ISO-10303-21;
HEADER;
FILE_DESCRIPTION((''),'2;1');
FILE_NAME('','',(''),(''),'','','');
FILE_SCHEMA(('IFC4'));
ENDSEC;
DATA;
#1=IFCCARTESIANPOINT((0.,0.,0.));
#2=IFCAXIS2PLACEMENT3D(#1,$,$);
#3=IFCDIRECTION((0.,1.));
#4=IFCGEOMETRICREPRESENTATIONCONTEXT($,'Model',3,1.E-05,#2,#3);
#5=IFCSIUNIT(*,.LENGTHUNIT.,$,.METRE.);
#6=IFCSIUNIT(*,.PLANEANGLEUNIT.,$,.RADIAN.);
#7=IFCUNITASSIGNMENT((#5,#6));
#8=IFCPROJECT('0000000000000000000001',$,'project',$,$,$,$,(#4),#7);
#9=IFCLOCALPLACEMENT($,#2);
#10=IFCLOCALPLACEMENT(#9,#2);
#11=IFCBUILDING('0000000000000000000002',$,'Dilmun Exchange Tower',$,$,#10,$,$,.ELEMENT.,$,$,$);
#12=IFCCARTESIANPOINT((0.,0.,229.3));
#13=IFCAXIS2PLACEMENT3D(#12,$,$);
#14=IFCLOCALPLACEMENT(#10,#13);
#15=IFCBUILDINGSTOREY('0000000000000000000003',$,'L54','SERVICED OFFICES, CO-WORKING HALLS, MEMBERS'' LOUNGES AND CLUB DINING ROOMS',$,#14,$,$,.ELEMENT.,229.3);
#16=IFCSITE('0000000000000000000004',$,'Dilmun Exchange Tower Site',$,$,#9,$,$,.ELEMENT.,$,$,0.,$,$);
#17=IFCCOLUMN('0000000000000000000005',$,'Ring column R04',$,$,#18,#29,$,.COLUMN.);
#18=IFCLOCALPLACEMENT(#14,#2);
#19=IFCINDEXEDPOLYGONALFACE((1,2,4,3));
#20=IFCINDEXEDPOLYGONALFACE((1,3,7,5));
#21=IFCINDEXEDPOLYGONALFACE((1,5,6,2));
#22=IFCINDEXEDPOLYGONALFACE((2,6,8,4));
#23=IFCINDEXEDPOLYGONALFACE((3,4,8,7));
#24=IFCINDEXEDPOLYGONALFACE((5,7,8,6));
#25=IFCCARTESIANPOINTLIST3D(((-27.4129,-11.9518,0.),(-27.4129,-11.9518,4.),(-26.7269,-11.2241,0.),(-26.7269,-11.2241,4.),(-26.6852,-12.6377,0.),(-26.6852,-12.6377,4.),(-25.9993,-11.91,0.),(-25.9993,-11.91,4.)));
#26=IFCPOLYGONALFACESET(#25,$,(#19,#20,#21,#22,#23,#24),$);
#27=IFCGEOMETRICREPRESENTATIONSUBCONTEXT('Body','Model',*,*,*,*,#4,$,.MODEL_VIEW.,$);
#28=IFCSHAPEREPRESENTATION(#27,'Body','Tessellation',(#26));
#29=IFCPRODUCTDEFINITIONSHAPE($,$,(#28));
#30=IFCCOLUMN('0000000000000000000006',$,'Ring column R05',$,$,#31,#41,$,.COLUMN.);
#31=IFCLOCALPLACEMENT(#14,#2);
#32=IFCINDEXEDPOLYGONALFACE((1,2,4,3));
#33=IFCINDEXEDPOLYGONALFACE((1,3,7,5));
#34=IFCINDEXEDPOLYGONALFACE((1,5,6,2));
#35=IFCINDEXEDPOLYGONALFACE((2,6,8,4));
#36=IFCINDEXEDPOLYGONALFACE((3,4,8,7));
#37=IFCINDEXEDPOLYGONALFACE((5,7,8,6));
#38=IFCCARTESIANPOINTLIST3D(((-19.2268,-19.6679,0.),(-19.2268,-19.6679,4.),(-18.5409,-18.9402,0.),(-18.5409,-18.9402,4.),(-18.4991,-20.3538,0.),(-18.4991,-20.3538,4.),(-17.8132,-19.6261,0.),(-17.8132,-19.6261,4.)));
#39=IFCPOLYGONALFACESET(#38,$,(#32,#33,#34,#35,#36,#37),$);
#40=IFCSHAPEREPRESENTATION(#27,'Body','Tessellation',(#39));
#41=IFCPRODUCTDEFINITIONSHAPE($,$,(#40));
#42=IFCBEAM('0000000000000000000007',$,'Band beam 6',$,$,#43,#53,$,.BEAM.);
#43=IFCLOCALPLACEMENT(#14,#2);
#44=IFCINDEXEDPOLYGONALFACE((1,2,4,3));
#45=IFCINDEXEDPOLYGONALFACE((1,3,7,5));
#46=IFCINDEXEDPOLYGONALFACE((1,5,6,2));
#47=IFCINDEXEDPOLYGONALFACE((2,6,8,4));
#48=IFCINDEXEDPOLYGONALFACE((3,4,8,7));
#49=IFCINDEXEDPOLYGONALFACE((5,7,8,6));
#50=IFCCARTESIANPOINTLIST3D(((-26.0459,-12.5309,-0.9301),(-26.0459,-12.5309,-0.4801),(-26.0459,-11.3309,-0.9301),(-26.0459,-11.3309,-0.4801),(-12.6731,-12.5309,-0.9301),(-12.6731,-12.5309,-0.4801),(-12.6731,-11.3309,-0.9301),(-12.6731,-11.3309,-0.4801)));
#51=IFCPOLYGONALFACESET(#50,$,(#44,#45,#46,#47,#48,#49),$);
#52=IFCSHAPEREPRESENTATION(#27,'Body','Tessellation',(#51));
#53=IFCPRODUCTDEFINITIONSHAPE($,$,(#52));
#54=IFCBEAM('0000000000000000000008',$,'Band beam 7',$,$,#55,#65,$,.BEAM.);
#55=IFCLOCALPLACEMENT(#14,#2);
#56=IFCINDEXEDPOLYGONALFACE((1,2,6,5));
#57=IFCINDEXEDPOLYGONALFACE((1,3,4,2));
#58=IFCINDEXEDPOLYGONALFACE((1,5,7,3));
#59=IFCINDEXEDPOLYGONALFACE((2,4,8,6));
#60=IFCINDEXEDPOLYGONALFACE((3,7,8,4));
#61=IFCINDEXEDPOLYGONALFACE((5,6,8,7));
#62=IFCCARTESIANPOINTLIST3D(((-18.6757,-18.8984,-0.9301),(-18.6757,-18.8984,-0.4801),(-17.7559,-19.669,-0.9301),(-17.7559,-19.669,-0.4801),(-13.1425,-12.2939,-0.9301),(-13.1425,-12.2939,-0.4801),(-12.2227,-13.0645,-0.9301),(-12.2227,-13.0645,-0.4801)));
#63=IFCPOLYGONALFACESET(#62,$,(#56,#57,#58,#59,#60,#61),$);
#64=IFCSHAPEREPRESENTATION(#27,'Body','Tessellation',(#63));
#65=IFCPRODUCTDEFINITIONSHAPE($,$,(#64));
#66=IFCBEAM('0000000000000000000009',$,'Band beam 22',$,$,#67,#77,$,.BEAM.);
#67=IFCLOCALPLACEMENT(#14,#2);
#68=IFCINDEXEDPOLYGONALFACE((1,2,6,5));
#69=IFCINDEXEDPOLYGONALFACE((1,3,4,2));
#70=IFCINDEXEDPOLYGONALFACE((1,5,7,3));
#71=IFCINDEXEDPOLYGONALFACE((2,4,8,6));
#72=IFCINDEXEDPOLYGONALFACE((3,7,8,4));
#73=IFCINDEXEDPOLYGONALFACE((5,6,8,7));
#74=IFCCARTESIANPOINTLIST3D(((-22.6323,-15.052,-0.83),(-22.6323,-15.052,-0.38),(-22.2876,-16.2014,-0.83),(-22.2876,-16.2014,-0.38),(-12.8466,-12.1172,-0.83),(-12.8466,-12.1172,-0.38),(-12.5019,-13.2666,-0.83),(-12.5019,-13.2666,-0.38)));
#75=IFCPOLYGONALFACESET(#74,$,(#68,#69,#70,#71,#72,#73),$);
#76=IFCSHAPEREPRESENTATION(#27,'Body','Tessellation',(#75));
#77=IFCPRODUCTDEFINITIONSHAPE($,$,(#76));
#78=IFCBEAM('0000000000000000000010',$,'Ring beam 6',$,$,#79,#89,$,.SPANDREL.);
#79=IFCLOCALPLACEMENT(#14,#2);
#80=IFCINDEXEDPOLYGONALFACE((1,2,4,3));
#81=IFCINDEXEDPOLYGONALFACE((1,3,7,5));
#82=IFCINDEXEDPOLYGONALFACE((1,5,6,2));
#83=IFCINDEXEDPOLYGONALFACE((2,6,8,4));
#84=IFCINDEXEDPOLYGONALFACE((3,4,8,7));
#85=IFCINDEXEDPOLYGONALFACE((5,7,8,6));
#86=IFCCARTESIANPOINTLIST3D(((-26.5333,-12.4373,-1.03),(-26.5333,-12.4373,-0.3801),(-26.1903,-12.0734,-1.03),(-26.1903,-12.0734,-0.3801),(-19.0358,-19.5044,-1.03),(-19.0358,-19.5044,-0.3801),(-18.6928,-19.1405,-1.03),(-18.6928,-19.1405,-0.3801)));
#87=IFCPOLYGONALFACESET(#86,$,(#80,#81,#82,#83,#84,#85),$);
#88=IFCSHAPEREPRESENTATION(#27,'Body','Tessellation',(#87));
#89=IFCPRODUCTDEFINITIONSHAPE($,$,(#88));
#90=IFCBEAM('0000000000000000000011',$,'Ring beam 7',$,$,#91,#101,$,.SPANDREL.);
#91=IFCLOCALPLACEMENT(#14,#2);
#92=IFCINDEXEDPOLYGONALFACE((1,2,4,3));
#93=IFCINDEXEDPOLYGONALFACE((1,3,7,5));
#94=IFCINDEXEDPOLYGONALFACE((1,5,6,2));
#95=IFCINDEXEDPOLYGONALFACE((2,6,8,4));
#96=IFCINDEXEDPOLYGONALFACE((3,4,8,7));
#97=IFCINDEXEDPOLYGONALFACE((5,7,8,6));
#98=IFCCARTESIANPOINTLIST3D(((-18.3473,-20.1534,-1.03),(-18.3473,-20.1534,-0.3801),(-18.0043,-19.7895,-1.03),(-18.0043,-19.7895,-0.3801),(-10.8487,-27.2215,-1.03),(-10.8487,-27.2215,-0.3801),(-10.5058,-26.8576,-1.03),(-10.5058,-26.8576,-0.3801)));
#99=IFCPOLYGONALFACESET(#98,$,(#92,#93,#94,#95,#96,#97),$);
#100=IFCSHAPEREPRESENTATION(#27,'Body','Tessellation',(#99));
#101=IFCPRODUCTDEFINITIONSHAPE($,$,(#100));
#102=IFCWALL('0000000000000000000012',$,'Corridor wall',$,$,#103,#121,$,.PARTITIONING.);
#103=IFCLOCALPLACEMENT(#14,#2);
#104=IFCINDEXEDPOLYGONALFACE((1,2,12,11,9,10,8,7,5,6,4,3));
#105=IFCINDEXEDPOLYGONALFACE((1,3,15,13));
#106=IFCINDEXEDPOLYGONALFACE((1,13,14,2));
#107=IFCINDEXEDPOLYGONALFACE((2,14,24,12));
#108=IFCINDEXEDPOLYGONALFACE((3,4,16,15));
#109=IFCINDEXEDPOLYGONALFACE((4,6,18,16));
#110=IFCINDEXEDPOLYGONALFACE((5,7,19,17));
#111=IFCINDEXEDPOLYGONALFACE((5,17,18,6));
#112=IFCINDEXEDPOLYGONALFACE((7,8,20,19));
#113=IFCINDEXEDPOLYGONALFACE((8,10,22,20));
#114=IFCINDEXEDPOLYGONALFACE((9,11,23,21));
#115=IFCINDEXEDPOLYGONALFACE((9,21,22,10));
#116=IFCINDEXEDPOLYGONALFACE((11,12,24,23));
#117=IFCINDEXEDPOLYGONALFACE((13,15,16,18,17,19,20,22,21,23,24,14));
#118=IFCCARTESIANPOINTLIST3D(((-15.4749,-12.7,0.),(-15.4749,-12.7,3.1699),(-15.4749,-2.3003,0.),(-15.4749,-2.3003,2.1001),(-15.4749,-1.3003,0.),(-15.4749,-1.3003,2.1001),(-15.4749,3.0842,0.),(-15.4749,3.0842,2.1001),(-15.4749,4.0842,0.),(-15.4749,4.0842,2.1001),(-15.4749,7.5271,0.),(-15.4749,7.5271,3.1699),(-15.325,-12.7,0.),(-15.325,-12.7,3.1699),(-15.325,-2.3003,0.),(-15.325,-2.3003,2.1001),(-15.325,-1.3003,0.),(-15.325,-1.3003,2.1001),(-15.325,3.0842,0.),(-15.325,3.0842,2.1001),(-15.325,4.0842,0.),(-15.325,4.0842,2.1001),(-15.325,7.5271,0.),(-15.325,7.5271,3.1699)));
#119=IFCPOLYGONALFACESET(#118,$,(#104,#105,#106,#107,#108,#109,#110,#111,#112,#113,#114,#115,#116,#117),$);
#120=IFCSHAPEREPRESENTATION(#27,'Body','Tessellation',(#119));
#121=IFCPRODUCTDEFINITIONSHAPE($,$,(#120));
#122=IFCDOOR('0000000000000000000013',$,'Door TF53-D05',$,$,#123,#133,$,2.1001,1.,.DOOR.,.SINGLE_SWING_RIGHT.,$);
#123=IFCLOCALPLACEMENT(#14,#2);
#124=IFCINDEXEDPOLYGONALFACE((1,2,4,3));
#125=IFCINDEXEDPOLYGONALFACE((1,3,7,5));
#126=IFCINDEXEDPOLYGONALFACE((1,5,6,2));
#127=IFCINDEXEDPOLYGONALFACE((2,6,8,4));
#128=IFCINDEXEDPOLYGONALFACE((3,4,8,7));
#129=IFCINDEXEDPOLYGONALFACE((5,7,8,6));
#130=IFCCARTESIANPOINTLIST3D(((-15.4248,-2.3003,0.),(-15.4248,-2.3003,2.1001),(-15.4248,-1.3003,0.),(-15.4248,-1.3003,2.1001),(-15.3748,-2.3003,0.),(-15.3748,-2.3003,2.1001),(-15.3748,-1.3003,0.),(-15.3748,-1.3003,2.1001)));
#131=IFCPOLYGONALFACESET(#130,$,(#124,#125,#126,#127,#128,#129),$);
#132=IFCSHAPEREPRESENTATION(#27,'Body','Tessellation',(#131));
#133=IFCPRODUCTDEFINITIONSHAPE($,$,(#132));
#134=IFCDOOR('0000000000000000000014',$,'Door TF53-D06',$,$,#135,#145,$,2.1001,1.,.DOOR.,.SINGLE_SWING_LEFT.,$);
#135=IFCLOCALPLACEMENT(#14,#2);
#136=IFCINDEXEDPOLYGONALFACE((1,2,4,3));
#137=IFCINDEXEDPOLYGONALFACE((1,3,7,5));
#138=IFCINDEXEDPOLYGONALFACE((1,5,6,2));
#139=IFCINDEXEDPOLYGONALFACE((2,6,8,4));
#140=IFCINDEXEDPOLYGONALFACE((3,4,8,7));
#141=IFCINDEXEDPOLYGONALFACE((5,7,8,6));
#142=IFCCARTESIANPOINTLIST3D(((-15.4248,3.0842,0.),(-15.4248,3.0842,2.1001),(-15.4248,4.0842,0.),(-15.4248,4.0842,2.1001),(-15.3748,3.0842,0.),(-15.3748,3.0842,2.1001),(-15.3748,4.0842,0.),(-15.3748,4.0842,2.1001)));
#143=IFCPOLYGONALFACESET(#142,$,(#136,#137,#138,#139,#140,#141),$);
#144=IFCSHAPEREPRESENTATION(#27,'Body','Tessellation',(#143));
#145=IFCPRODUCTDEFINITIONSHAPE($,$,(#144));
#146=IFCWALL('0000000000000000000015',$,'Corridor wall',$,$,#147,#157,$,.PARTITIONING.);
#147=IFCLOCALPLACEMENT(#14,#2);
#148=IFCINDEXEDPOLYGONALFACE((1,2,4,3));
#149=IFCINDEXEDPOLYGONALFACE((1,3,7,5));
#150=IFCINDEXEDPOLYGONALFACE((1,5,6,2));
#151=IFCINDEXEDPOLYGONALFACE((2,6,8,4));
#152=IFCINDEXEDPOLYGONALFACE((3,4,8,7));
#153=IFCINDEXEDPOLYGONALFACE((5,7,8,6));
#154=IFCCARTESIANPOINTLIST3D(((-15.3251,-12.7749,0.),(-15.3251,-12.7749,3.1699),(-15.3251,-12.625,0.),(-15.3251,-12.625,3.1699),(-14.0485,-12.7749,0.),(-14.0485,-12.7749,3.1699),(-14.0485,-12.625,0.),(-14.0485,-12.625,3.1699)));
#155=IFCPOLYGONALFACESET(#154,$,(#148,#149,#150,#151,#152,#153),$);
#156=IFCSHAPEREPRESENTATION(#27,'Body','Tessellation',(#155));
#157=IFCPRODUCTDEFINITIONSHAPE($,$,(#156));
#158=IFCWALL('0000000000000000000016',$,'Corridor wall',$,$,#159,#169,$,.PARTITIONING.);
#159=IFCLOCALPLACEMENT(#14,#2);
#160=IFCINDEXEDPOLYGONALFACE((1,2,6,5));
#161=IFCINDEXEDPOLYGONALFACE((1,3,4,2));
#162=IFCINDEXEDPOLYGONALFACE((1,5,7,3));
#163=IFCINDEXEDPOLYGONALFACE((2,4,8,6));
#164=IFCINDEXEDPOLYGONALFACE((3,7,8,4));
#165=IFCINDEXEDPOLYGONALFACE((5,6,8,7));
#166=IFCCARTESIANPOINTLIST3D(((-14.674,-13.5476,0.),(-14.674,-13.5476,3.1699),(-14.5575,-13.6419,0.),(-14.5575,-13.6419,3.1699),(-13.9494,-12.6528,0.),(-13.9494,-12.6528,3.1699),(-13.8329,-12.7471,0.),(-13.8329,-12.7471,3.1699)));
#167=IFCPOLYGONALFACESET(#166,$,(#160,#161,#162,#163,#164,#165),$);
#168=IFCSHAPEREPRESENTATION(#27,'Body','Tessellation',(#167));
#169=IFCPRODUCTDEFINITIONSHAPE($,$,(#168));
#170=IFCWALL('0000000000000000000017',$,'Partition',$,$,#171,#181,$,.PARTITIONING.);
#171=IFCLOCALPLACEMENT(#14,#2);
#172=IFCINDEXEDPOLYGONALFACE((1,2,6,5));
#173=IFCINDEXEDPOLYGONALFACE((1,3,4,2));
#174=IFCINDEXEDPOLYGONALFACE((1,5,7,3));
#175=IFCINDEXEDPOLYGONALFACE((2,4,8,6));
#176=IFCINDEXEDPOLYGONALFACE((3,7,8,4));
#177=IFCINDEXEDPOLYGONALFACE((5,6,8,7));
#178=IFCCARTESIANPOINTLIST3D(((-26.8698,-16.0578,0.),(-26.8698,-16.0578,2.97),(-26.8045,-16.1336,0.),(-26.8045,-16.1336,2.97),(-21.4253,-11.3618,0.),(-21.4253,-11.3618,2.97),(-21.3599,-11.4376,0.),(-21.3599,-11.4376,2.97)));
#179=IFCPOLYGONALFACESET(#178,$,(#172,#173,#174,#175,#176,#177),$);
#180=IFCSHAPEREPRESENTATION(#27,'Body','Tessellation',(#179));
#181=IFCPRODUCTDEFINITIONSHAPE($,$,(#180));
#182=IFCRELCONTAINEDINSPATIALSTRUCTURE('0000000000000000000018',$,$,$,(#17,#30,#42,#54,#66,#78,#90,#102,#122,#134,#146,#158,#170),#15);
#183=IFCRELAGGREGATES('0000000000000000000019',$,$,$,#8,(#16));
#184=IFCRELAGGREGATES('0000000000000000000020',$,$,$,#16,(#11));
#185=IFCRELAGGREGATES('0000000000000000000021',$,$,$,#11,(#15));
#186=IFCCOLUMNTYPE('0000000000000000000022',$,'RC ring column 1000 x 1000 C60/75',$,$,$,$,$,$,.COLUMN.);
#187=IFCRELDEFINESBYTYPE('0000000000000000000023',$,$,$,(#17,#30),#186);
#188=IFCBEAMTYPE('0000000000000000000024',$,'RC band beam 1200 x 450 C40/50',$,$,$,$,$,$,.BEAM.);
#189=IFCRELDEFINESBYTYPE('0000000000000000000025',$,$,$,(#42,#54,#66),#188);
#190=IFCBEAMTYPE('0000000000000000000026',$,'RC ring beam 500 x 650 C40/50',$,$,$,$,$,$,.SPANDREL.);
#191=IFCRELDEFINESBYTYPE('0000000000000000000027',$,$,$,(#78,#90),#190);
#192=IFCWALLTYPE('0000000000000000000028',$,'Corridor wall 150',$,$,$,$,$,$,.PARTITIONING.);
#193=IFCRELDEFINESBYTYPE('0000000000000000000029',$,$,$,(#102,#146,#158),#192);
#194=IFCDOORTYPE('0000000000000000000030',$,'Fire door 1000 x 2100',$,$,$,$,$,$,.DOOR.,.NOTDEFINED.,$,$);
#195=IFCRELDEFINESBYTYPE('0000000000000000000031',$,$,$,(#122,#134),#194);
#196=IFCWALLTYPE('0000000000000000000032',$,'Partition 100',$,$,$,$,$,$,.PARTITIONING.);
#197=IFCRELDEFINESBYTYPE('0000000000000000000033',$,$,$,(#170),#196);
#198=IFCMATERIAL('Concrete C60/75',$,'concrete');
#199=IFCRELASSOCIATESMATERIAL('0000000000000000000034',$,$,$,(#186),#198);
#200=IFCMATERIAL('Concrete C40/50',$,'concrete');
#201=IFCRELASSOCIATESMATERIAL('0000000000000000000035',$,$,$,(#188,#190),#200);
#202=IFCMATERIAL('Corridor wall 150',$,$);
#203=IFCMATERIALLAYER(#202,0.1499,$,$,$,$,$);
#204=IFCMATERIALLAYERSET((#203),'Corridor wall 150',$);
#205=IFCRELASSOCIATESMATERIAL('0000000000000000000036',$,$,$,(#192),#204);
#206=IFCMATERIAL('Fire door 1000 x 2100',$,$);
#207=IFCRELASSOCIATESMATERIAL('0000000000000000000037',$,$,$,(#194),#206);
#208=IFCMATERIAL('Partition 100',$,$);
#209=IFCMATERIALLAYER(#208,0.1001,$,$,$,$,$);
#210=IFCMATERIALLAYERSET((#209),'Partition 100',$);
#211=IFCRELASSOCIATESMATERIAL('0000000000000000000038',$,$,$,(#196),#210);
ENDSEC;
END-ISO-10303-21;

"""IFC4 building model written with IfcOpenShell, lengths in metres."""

from ifc_helpers import new_model, si_unit, direction, frame, frame_2d, origin, origin_2d, place, context, subcontext, project, spatial, rectangle, extrude, material, layer, layer_set, material_profile, profile_set, type_object, element, fill, save


model = new_model("IFC4")

# Units and contexts
model_context = context("Model", 3, precision=1e-05, world=origin(), true_north=direction((0.0, 1.0)))
body_context = subcontext(model_context, "Body", "Model", "MODEL_VIEW")
ifc_project = project(units=[si_unit("LENGTHUNIT", "METRE"), si_unit("PLANEANGLEUNIT", "RADIAN")], contexts=[model_context])

# Site, building, storey
site_placement = place(None, origin())
site = spatial("IfcSite", under=ifc_project, at=site_placement, Name="Dilmun Exchange Tower Site", CompositionType="ELEMENT", RefElevation=0.0)
building_placement = place(site_placement, origin())
building = spatial("IfcBuilding", under=site, at=building_placement, Name="Dilmun Exchange Tower", CompositionType="ELEMENT")
storey_placement = place(building_placement, frame((0.0, 0.0, 229.3)))
storey = spatial("IfcBuildingStorey", under=building, at=storey_placement, Name="L54", Description="SERVICED OFFICES, CO-WORKING HALLS, MEMBERS' LOUNGES AND CLUB DINING ROOMS", CompositionType="ELEMENT", Elevation=229.3)

# Columns
ifc_material_1 = material(Name="Concrete C60/75", Category="concrete")
ifc_material_profile_1 = material_profile(ifc_material_1, rectangle(XDim=1.0, YDim=1.0, at=origin_2d()), Name="1000 x 1000")
ifc_profile_set_1 = profile_set([ifc_material_profile_1], Name="Concrete C60/75")
column_type = type_object("IfcColumnType", Name="RC ring column 1000 x 1000 C60/75", PredefinedType="COLUMN", material=ifc_profile_set_1)
for number, where, z_axis, x_axis, name in (
    (1, (-26.7061, -11.9309, 0.0), (0.0, 0.0, 1.0), (0.685916, 0.727681, 0.0), "Ring column R04"),
    (2, (-18.52, -19.647, 0.0), (0.0, 0.0, 1.0), (0.685916, 0.727681, 0.0), "Ring column R05"),
):
    element("IfcColumn", number, at=place(storey_placement, frame(where, z_axis=z_axis, x_axis=x_axis)), inside=storey, type_object=column_type, Name=name, PredefinedType="COLUMN", context=body_context, shape_type="SweptSolid", body=[
        extrude(rectangle(XDim=1.0, YDim=1.0, at=origin_2d()), origin(), (0.0, 0.0, 1.0), 4.0),
    ])

# Beams
ifc_material_2 = material(Name="Concrete C40/50", Category="concrete")
ifc_material_profile_2 = material_profile(ifc_material_2, rectangle(XDim=1.2, YDim=0.45, at=origin_2d()), Name="1200 x 450")
ifc_profile_set_2 = profile_set([ifc_material_profile_2], Name="Concrete C40/50")
beam_type_1 = type_object("IfcBeamType", Name="RC band beam 1200 x 450 C40/50", PredefinedType="BEAM", material=ifc_profile_set_2)
beam_1_placement = place(storey_placement, frame((-26.0459, -11.9309, -0.7051), z_axis=(1.0, 0.0, 0.0), x_axis=(0.0, 1.0, 0.0)))
element("IfcBeam", 3, at=beam_1_placement, inside=storey, type_object=beam_type_1, Name="Band beam 6", PredefinedType="BEAM", context=body_context, shape_type="SweptSolid", body=[
    extrude(rectangle(XDim=1.2, YDim=0.45, at=origin_2d()), origin(), (0.0, 0.0, 1.0), 13.3728),
])
beam_2_placement = place(storey_placement, frame((-18.2158, -19.2837, -0.7051), z_axis=(0.6422, 0.766537, 0.0), x_axis=(-0.766537, 0.6422, 0.0)))
element("IfcBeam", 4, at=beam_2_placement, inside=storey, type_object=beam_type_1, Name="Band beam 7", PredefinedType="BEAM", context=body_context, shape_type="SweptSolid", body=[
    extrude(rectangle(XDim=1.2, YDim=0.45, at=origin_2d()), origin(), (0.0, 0.0, 1.0), 8.616),
])
beam_3_placement = place(storey_placement, frame((-22.46, -15.6267, -0.605), z_axis=(0.95785, 0.287269, 0.0), x_axis=(-0.287269, 0.95785, 0.0)))
element("IfcBeam", 5, at=beam_3_placement, inside=storey, type_object=beam_type_1, Name="Band beam 22", PredefinedType="BEAM", context=body_context, shape_type="SweptSolid", body=[
    extrude(rectangle(XDim=1.2, YDim=0.45, at=origin_2d()), origin(), (0.0, 0.0, 1.0), 10.2163),
])
ifc_material_profile_3 = material_profile(ifc_material_2, rectangle(XDim=0.5, YDim=0.6499, at=origin_2d()), Name="500 x 650")
ifc_profile_set_3 = profile_set([ifc_material_profile_3], Name="Concrete C40/50")
beam_type_2 = type_object("IfcBeamType", Name="RC ring beam 500 x 650 C40/50", PredefinedType="SPANDREL", material=ifc_profile_set_3)
beam_4_placement = place(storey_placement, frame((-26.3618, -12.2554, -0.7051), z_axis=(0.727686, -0.685911, 0.0), x_axis=(0.685911, 0.727686, 0.0)))
element("IfcBeam", 6, at=beam_4_placement, inside=storey, type_object=beam_type_2, Name="Ring beam 6", PredefinedType="SPANDREL", context=body_context, shape_type="SweptSolid", body=[
    extrude(rectangle(XDim=0.5, YDim=0.6499, at=origin_2d()), origin(), (0.0, 0.0, 1.0), 10.3032),
])
beam_5_placement = place(storey_placement, frame((-18.1758, -19.9714, -0.7051), z_axis=(0.727683, -0.685914, 0.0), x_axis=(0.685914, 0.727683, 0.0)))
element("IfcBeam", 7, at=beam_5_placement, inside=storey, type_object=beam_type_2, Name="Ring beam 7", PredefinedType="SPANDREL", context=body_context, shape_type="SweptSolid", body=[
    extrude(rectangle(XDim=0.5, YDim=0.6499, at=origin_2d()), origin(), (0.0, 0.0, 1.0), 10.3047),
])

# Wall, openings, doors
ifc_material_3 = material(Name="Corridor wall 150")
ifc_layer_1 = layer(ifc_material_3, 0.1499)
ifc_layer_set_1 = layer_set([ifc_layer_1], Name="Corridor wall 150")
wall_type_1 = type_object("IfcWallType", Name="Corridor wall 150", PredefinedType="PARTITIONING", material=ifc_layer_set_1)
wall_1_placement = place(storey_placement, frame((-15.3999, -12.7, 0.0), z_axis=(0.0, 0.0, 1.0), x_axis=(0.0, 1.0, 0.0)))
wall_1 = element("IfcWall", 8, at=wall_1_placement, inside=storey, type_object=wall_type_1, Name="Corridor wall", PredefinedType="PARTITIONING", context=body_context, shape_type="SweptSolid", body=[
    extrude(rectangle(XDim=20.2271, YDim=0.1499, at=frame_2d((10.1135, 0.0))), origin(), (0.0, 0.0, 1.0), 3.1699),
])
opening_1_placement = place(wall_1_placement, frame((10.3997, 0.0, 0.0)))
opening_1 = element("IfcOpeningElement", 9, at=opening_1_placement, cuts=wall_1, PredefinedType="OPENING", context=body_context, shape_type="SweptSolid", body=[
    extrude(rectangle(XDim=1.0, YDim=2.1001, at=frame_2d((0.5, 1.05))), frame((0.0, 0.085, 0.0), z_axis=(0.0, -1.0, 0.0), x_axis=(1.0, 0.0, 0.0)), (0.0, 0.0, 1.0), 0.1699),
])
opening_2_placement = place(wall_1_placement, frame((15.7842, 0.0, 0.0)))
opening_2 = element("IfcOpeningElement", 10, at=opening_2_placement, cuts=wall_1, PredefinedType="OPENING", context=body_context, shape_type="SweptSolid", body=[
    extrude(rectangle(XDim=1.0, YDim=2.1001, at=frame_2d((0.5, 1.05))), frame((0.0, 0.085, 0.0), z_axis=(0.0, -1.0, 0.0), x_axis=(1.0, 0.0, 0.0)), (0.0, 0.0, 1.0), 0.1699),
])
ifc_material_4 = material(Name="Fire door 1000 x 2100")
door_type = type_object("IfcDoorType", Name="Fire door 1000 x 2100", OperationType="NOTDEFINED", PredefinedType="DOOR", material=ifc_material_4)
door_1_placement = place(opening_1_placement, origin())
door_1 = element("IfcDoor", 11, at=door_1_placement, inside=storey, type_object=door_type, Name="Door TF53-D05", OperationType="SINGLE_SWING_RIGHT", OverallHeight=2.1001, OverallWidth=1.0, PredefinedType="DOOR", context=body_context, shape_type="SweptSolid", body=[
    extrude(rectangle(XDim=1.0, YDim=2.1001, at=frame_2d((0.5, 1.05))), frame((0.0, 0.0249, 0.0), z_axis=(0.0, -1.0, 0.0), x_axis=(1.0, 0.0, 0.0)), (0.0, 0.0, 1.0), 0.05),
])
fill(opening_1, door_1)
door_2_placement = place(opening_2_placement, origin())
door_2 = element("IfcDoor", 12, at=door_2_placement, inside=storey, type_object=door_type, Name="Door TF53-D06", OperationType="SINGLE_SWING_LEFT", OverallHeight=2.1001, OverallWidth=1.0, PredefinedType="DOOR", context=body_context, shape_type="SweptSolid", body=[
    extrude(rectangle(XDim=1.0, YDim=2.1001, at=frame_2d((0.5, 1.05))), frame((0.0, 0.0249, 0.0), z_axis=(0.0, -1.0, 0.0), x_axis=(1.0, 0.0, 0.0)), (0.0, 0.0, 1.0), 0.05),
])
fill(opening_2, door_2)

# Walls
wall_2_placement = place(storey_placement, frame((-15.325, -12.7, 0.0), z_axis=(0.0, 0.0, 1.0), x_axis=(1.0, 0.0, 0.0)))
element("IfcWall", 13, at=wall_2_placement, inside=storey, type_object=wall_type_1, Name="Corridor wall", PredefinedType="PARTITIONING", context=body_context, shape_type="SweptSolid", body=[
    extrude(rectangle(XDim=1.2766, YDim=0.1499, at=frame_2d((0.6382, 0.0))), origin(), (0.0, 0.0, 1.0), 3.1699),
])
wall_3_placement = place(storey_placement, frame((-14.6157, -13.5947, 0.0), z_axis=(0.0, 0.0, 1.0), x_axis=(0.629339, 0.777131, 0.0)))
element("IfcWall", 14, at=wall_3_placement, inside=storey, type_object=wall_type_1, Name="Corridor wall", PredefinedType="PARTITIONING", context=body_context, shape_type="SweptSolid", body=[
    extrude(rectangle(XDim=1.1514, YDim=0.1499, at=frame_2d((0.5757, 0.0))), origin(), (0.0, 0.0, 1.0), 3.1699),
])
ifc_material_5 = material(Name="Partition 100")
ifc_layer_2 = layer(ifc_material_5, 0.1001)
ifc_layer_set_2 = layer_set([ifc_layer_2], Name="Partition 100")
wall_type_2 = type_object("IfcWallType", Name="Partition 100", PredefinedType="PARTITIONING", material=ifc_layer_set_2)
wall_4_placement = place(storey_placement, frame((-26.8372, -16.0957, 0.0), z_axis=(0.0, 0.0, 1.0), x_axis=(0.757242, 0.653134, 0.0)))
element("IfcWall", 15, at=wall_4_placement, inside=storey, type_object=wall_type_2, Name="Partition", PredefinedType="PARTITIONING", context=body_context, shape_type="SweptSolid", body=[
    extrude(rectangle(XDim=7.1899, YDim=0.1001, at=frame_2d((3.595, 0.0))), origin(), (0.0, 0.0, 1.0), 2.97),
])

save(model, "model.ifc")
